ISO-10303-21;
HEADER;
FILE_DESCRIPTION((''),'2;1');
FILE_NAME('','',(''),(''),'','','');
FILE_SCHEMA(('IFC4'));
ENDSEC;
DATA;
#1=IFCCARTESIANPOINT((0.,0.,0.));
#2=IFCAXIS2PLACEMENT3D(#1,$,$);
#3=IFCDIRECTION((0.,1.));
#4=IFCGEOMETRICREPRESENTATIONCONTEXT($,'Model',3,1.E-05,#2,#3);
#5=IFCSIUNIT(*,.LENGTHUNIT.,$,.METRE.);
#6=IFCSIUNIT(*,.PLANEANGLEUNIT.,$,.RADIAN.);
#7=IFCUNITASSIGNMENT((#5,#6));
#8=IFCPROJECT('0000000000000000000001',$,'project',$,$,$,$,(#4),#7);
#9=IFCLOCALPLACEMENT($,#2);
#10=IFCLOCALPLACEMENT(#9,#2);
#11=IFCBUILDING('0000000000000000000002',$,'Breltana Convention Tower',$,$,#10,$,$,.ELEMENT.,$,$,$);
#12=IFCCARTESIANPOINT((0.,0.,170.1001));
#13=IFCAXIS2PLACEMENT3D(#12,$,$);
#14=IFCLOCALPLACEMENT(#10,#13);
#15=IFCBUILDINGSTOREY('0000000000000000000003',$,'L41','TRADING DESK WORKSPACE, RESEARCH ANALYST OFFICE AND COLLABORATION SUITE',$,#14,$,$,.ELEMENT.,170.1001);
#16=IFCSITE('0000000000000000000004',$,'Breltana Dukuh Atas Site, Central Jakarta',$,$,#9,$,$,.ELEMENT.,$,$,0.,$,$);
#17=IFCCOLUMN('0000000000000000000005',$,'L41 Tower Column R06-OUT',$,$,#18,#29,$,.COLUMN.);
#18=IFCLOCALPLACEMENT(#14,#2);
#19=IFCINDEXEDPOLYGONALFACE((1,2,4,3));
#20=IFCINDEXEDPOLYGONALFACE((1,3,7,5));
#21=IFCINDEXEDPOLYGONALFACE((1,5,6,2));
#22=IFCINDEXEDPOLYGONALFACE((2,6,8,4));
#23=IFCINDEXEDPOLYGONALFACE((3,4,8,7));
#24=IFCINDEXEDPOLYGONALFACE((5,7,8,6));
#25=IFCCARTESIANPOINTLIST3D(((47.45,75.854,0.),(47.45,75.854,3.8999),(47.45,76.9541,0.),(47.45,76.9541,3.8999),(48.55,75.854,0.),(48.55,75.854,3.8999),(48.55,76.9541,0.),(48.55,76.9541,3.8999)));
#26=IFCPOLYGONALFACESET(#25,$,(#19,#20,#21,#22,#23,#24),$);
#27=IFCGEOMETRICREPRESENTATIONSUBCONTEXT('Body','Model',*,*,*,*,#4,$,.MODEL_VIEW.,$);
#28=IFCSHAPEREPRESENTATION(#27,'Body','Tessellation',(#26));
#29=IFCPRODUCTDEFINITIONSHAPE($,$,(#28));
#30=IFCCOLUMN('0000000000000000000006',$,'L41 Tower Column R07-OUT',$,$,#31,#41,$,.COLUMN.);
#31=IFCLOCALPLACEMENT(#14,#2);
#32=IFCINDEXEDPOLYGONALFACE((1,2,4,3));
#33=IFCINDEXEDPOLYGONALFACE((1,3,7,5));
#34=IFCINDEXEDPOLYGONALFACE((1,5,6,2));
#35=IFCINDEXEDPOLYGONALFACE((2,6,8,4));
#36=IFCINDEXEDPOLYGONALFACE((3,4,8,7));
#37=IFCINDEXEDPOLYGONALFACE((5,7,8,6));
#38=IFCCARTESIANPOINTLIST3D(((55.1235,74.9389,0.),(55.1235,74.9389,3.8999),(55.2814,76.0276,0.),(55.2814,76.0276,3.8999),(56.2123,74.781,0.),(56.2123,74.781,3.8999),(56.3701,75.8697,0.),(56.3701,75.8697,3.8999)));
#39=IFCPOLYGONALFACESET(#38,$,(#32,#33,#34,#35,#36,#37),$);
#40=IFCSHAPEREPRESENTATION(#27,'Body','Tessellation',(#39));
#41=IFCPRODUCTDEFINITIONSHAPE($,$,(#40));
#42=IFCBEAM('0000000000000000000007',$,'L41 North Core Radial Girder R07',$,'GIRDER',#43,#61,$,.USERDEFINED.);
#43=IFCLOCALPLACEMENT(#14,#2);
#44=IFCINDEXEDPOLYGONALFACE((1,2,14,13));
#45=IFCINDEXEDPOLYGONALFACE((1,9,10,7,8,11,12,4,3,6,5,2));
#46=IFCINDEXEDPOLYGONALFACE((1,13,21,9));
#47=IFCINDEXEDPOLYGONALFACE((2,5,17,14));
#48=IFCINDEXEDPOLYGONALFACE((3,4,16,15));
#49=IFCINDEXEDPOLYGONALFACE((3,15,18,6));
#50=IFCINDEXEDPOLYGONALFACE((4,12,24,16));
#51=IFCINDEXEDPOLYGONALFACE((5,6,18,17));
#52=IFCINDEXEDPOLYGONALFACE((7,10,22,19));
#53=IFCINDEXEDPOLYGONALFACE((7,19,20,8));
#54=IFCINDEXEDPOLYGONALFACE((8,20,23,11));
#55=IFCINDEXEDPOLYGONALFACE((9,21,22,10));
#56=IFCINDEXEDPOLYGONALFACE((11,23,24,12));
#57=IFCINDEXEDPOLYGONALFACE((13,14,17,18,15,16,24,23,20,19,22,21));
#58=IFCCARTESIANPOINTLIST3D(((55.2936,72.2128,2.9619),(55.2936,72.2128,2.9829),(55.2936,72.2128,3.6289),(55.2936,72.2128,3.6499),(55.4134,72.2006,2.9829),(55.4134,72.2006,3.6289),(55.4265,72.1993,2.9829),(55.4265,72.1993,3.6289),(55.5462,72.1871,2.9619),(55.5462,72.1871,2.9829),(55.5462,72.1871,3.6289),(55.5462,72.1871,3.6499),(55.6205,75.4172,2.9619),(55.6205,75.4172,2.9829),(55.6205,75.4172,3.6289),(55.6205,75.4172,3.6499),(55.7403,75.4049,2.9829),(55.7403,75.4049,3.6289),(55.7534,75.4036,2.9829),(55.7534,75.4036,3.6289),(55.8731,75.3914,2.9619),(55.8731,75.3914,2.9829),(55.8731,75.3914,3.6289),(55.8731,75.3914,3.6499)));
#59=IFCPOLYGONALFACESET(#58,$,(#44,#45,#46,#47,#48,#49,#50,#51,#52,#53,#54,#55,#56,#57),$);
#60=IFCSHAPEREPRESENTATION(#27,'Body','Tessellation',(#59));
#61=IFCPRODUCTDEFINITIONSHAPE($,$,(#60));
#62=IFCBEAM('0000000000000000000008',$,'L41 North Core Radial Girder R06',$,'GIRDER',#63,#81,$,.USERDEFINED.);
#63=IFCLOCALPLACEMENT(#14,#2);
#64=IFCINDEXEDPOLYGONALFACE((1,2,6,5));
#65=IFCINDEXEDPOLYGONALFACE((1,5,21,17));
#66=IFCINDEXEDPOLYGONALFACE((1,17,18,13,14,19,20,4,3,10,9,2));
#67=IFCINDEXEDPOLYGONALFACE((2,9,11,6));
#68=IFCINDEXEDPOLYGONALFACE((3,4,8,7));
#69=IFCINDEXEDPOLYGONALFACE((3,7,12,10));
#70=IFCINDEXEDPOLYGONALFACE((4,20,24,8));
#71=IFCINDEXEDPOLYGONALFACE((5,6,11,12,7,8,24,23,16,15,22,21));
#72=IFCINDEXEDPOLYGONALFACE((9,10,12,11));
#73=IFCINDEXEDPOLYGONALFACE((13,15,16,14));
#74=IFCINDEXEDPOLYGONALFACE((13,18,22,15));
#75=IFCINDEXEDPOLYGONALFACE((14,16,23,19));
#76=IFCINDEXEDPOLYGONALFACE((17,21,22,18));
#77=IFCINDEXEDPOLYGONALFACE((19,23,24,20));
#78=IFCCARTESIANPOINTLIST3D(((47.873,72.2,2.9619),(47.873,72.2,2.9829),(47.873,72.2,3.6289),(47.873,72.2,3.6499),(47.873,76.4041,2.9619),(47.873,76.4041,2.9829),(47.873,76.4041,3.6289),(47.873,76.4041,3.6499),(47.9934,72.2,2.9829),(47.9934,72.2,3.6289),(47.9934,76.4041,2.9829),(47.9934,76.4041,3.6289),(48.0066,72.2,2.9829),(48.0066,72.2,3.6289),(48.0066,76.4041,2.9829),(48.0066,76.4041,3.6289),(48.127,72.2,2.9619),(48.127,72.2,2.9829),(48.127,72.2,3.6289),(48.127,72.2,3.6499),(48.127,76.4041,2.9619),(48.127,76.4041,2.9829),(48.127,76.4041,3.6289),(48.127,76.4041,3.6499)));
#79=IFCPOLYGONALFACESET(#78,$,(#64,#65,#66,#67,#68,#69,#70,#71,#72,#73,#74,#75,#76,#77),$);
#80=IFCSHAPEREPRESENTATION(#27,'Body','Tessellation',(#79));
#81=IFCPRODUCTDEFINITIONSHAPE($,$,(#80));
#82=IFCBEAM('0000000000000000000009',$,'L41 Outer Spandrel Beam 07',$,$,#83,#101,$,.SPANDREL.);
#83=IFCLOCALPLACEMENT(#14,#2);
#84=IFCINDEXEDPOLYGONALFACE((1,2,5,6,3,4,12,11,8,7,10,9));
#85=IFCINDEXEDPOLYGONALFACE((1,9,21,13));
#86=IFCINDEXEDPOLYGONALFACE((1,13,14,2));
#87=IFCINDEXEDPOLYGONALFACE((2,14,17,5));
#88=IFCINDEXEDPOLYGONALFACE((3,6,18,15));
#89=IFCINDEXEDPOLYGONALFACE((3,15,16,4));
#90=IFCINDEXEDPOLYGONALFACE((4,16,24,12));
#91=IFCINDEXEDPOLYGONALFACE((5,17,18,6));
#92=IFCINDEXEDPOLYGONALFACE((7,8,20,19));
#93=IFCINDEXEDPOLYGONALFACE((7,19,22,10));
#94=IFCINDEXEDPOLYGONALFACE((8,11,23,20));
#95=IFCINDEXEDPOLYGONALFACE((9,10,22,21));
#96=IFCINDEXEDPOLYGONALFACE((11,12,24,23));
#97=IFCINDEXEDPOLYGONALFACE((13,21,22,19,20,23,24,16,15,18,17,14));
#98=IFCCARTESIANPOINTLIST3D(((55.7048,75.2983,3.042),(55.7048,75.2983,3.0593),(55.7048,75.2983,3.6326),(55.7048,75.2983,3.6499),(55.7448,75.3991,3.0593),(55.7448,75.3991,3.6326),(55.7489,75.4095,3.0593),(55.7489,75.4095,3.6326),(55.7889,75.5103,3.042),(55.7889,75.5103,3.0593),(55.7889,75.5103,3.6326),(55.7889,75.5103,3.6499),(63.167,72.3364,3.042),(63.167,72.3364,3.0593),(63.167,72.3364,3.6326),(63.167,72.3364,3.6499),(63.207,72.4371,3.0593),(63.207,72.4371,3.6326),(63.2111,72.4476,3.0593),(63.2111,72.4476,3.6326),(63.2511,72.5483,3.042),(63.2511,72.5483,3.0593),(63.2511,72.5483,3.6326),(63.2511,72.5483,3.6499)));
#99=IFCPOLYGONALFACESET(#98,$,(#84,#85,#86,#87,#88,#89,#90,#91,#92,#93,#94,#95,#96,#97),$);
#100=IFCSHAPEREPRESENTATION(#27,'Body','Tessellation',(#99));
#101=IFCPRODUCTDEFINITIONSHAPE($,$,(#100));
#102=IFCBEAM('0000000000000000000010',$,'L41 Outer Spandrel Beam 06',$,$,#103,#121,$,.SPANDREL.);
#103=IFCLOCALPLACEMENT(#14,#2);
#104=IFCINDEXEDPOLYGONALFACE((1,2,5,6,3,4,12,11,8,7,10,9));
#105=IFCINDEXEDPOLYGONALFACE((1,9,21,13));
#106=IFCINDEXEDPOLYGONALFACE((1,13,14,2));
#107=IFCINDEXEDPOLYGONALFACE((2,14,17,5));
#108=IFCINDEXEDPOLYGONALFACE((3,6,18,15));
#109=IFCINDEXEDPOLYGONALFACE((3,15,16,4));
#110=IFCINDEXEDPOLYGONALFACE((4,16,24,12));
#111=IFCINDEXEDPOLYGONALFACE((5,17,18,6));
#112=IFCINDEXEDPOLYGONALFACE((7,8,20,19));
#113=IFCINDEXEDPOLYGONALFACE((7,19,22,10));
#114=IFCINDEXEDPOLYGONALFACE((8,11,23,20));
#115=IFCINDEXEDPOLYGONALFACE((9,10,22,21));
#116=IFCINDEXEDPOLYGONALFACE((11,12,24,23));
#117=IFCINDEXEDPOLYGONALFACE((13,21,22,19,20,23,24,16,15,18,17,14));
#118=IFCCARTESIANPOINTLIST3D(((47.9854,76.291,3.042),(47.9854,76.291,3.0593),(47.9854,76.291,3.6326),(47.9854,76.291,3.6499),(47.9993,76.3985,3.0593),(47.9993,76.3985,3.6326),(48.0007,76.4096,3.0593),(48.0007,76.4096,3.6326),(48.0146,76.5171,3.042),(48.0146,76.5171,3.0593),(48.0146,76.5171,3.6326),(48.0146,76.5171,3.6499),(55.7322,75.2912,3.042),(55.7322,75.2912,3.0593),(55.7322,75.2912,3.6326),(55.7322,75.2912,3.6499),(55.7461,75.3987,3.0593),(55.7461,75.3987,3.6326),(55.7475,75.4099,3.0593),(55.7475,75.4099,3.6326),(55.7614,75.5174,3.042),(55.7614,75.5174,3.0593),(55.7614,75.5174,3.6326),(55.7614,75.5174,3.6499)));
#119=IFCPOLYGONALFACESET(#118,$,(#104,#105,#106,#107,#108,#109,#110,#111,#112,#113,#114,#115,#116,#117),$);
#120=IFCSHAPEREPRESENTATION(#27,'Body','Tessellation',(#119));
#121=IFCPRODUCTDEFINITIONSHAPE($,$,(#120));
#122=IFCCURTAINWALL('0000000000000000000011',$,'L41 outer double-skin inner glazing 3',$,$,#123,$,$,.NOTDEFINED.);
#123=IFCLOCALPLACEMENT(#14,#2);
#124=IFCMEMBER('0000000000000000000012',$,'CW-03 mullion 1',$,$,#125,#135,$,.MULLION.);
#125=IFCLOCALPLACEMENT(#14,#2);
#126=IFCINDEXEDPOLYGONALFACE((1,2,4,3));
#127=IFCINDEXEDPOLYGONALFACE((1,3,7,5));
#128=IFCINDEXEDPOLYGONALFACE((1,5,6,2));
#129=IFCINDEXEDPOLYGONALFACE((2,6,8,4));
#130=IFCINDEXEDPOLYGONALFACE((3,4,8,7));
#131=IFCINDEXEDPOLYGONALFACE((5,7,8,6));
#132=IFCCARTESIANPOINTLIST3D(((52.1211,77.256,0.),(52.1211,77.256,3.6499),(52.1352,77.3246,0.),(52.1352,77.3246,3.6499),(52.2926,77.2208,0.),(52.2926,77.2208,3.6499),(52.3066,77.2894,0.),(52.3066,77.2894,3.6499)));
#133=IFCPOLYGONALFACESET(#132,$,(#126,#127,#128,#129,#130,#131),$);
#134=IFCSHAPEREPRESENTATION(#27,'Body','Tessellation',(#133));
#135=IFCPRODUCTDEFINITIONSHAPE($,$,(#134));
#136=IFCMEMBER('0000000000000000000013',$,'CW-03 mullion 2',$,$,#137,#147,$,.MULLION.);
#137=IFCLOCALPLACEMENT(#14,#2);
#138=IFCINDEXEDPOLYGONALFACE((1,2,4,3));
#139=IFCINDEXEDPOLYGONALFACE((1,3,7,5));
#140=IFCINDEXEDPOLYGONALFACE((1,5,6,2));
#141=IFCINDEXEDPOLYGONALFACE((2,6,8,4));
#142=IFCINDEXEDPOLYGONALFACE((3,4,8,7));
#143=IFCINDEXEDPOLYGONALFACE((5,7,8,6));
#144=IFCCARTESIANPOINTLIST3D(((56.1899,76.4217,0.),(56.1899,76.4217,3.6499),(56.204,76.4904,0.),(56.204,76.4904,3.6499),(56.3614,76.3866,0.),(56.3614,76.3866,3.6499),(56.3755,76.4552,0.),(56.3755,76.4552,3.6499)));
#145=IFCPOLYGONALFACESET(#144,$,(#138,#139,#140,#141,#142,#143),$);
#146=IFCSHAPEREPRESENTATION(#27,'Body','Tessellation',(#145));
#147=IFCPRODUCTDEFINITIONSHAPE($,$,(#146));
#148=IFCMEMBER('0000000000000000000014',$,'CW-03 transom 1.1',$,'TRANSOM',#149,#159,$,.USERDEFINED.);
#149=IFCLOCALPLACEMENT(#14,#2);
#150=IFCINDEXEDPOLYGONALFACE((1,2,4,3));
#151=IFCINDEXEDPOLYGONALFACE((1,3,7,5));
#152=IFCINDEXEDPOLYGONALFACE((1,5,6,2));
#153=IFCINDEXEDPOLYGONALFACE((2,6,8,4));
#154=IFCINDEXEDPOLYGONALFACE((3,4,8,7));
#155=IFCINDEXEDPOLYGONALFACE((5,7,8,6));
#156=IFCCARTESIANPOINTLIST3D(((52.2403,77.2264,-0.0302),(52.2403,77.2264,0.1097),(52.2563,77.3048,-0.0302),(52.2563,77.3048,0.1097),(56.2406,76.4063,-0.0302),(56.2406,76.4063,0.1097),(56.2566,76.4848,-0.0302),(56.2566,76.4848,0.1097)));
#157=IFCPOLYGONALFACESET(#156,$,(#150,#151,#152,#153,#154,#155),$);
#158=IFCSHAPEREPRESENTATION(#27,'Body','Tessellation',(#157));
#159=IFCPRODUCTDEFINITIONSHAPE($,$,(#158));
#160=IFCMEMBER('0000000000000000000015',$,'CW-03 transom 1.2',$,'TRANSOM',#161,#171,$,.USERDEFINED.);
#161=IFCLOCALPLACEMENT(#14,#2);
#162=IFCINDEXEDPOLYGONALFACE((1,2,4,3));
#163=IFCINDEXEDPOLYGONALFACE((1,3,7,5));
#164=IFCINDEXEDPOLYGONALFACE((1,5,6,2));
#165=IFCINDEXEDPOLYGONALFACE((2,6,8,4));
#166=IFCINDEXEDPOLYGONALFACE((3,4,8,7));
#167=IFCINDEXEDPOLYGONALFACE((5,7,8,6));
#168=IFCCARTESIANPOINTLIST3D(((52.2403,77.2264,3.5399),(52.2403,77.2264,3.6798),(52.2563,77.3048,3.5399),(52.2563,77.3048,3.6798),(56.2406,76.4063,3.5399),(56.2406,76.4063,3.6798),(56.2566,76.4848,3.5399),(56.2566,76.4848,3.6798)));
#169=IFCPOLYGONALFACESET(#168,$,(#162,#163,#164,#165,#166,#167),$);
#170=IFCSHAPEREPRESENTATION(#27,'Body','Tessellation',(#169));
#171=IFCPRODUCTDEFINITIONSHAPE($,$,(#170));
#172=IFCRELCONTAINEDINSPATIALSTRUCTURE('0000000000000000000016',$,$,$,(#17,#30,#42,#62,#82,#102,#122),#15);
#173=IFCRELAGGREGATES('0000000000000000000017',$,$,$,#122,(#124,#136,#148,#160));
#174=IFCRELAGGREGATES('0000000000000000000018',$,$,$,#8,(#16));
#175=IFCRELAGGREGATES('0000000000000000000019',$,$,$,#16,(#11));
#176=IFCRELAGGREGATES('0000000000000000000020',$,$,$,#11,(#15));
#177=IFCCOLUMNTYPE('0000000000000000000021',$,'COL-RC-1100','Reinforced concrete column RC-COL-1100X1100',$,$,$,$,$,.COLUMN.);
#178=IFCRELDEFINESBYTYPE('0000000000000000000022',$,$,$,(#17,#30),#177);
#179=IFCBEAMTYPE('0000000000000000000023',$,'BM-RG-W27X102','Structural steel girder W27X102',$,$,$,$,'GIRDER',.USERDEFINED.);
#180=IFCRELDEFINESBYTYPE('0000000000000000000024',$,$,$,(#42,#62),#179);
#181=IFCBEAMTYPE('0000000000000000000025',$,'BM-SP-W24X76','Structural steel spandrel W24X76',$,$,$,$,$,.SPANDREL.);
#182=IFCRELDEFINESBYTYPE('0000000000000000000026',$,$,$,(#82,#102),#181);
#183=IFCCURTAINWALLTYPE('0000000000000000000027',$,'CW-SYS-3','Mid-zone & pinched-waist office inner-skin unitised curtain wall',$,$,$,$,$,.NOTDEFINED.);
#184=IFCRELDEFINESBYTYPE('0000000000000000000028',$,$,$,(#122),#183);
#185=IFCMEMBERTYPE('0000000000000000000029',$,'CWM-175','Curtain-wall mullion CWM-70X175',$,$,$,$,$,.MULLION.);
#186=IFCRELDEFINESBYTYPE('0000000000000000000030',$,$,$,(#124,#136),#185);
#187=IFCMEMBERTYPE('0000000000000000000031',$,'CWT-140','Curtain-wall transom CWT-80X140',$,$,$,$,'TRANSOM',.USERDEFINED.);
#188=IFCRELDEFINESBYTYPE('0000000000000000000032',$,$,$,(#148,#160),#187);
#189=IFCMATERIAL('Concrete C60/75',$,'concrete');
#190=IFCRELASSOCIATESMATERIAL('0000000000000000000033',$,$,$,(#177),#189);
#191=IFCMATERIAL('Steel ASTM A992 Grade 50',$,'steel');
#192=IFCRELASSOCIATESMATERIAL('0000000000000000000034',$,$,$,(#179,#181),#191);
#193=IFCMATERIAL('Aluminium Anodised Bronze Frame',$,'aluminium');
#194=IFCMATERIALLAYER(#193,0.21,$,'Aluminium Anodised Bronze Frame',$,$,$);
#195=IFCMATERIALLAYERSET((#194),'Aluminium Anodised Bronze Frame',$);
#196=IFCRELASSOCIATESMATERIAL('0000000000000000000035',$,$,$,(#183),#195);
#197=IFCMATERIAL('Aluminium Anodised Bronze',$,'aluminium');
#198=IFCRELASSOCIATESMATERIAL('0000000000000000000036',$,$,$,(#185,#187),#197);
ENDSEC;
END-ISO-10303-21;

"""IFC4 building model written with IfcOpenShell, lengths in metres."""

from ifc_helpers import new_model, si_unit, direction, frame, origin, origin_2d, place, context, subcontext, project, spatial, rectangle, i_section, extrude, source, transform, mapped, material, layer, layer_set, material_profile, profile_set, type_object, element, aggregate, save


model = new_model("IFC4")

# Units and contexts
model_context = context("Model", 3, precision=1e-05, world=origin(), true_north=direction((0.0, 1.0)))
body_context = subcontext(model_context, "Body", "Model", "MODEL_VIEW")
ifc_project = project(units=[si_unit("LENGTHUNIT", "METRE"), si_unit("PLANEANGLEUNIT", "RADIAN")], contexts=[model_context])

# Site, building, storey
site_placement = place(None, origin())
site = spatial("IfcSite", under=ifc_project, at=site_placement, Name="Breltana Dukuh Atas Site, Central Jakarta", CompositionType="ELEMENT", RefElevation=0.0)
building_placement = place(site_placement, origin())
building = spatial("IfcBuilding", under=site, at=building_placement, Name="Breltana Convention Tower", CompositionType="ELEMENT")
storey_placement = place(building_placement, frame((0.0, 0.0, 170.1001)))
storey = spatial("IfcBuildingStorey", under=building, at=storey_placement, Name="L41", Description="TRADING DESK WORKSPACE, RESEARCH ANALYST OFFICE AND COLLABORATION SUITE", CompositionType="ELEMENT", Elevation=170.1001)

# Columns
ifc_material_1 = material(Name="Concrete C60/75", Category="concrete")
ifc_material_profile_1 = material_profile(ifc_material_1, rectangle(XDim=1.1001, YDim=1.1001, at=origin_2d()), Name="RC-COL-1100X1100")
ifc_profile_set_1 = profile_set([ifc_material_profile_1], Name="Concrete C60/75")
column_type = type_object("IfcColumnType", Name="COL-RC-1100", Description="Reinforced concrete column RC-COL-1100X1100", PredefinedType="COLUMN", material=ifc_profile_set_1)
shared_shape_1 = source(origin(), body_context, "Body", "SweptSolid", [
    extrude(rectangle(XDim=1.1001, YDim=1.1001, at=origin_2d()), origin(), (0.0, 0.0, 1.0), 3.8999),
])
for number, where, z_axis, x_axis, name in (
    (1, (48.0, 76.4041, 0.0), (0.0, 0.0, 1.0), (0.0, 1.0, 0.0), "L41 Tower Column R06-OUT"),
    (2, (55.7468, 75.4043, 0.0), (0.0, 0.0, 1.0), (0.143493, 0.989651, 0.0), "L41 Tower Column R07-OUT"),
):
    element("IfcColumn", number, at=place(storey_placement, frame(where, z_axis=z_axis, x_axis=x_axis)), inside=storey, type_object=column_type, Name=name, PredefinedType="COLUMN", context=body_context, shape_type="MappedRepresentation", body=[
        mapped(shared_shape_1, transform((0.0, 0.0, 0.0), scale=1.0)),
    ])

# Beams
ifc_material_2 = material(Name="Steel ASTM A992 Grade 50", Category="steel")
ifc_material_profile_2 = material_profile(ifc_material_2, i_section(OverallWidth=0.2539, OverallDepth=0.688, WebThickness=0.0132, FlangeThickness=0.021, at=origin_2d()), Name="W27X102")
ifc_profile_set_2 = profile_set([ifc_material_profile_2], Name="Steel ASTM A992 Grade 50")
beam_type_1 = type_object("IfcBeamType", Name="BM-RG-W27X102", Description="Structural steel girder W27X102", ElementType="GIRDER", PredefinedType="USERDEFINED", material=ifc_profile_set_2)
shared_shape_2 = source(origin(), body_context, "Body", "SweptSolid", [
    extrude(i_section(OverallWidth=0.2539, OverallDepth=0.688, WebThickness=0.0132, FlangeThickness=0.021, at=origin_2d()), origin(), (0.0, 0.0, 1.0), 3.2209),
])
beam_1_placement = place(storey_placement, frame((55.4199, 72.2, 3.3059), z_axis=(0.101492, 0.994836, 0.0), x_axis=(-0.994836, 0.101492, 0.0)))
element("IfcBeam", 3, at=beam_1_placement, inside=storey, type_object=beam_type_1, Name="L41 North Core Radial Girder R07", ObjectType="GIRDER", PredefinedType="USERDEFINED", context=body_context, shape_type="MappedRepresentation", body=[
    mapped(shared_shape_2, transform((0.0, 0.0, 0.0), scale=1.0)),
])
shared_shape_3 = source(origin(), body_context, "Body", "SweptSolid", [
    extrude(i_section(OverallWidth=0.2539, OverallDepth=0.688, WebThickness=0.0132, FlangeThickness=0.021, at=origin_2d()), origin(), (0.0, 0.0, 1.0), 4.2041),
])
beam_2_placement = place(storey_placement, frame((48.0, 72.2, 3.3059), z_axis=(0.0, 1.0, 0.0), x_axis=(-1.0, 0.0, 0.0)))
element("IfcBeam", 4, at=beam_2_placement, inside=storey, type_object=beam_type_1, Name="L41 North Core Radial Girder R06", ObjectType="GIRDER", PredefinedType="USERDEFINED", context=body_context, shape_type="MappedRepresentation", body=[
    mapped(shared_shape_3, transform((0.0, 0.0, 0.0), scale=1.0)),
])
ifc_material_profile_3 = material_profile(ifc_material_2, i_section(OverallWidth=0.228, OverallDepth=0.6079, WebThickness=0.0112, FlangeThickness=0.0173, at=origin_2d()), Name="W24X76")
ifc_profile_set_3 = profile_set([ifc_material_profile_3], Name="Steel ASTM A992 Grade 50")
beam_type_2 = type_object("IfcBeamType", Name="BM-SP-W24X76", Description="Structural steel spandrel W24X76", PredefinedType="SPANDREL", material=ifc_profile_set_3)
shared_shape_4 = source(origin(), body_context, "Body", "SweptSolid", [
    extrude(i_section(OverallWidth=0.228, OverallDepth=0.6079, WebThickness=0.0112, FlangeThickness=0.0173, at=origin_2d()), origin(), (0.0, 0.0, 1.0), 8.0286),
])
beam_3_placement = place(storey_placement, frame((55.7468, 75.4043, 3.3459), z_axis=(0.929459, -0.368925, 0.0), x_axis=(0.368925, 0.929459, 0.0)))
element("IfcBeam", 5, at=beam_3_placement, inside=storey, type_object=beam_type_2, Name="L41 Outer Spandrel Beam 07", PredefinedType="SPANDREL", context=body_context, shape_type="MappedRepresentation", body=[
    mapped(shared_shape_4, transform((0.0, 0.0, 0.0), scale=1.0)),
])
shared_shape_5 = source(origin(), body_context, "Body", "SweptSolid", [
    extrude(i_section(OverallWidth=0.228, OverallDepth=0.6079, WebThickness=0.0112, FlangeThickness=0.0173, at=origin_2d()), origin(), (0.0, 0.0, 1.0), 7.811),
])
beam_4_placement = place(storey_placement, frame((48.0, 76.4041, 3.3459), z_axis=(0.991775, -0.127992, 0.0), x_axis=(0.127992, 0.991775, 0.0)))
element("IfcBeam", 6, at=beam_4_placement, inside=storey, type_object=beam_type_2, Name="L41 Outer Spandrel Beam 06", PredefinedType="SPANDREL", context=body_context, shape_type="MappedRepresentation", body=[
    mapped(shared_shape_5, transform((0.0, 0.0, 0.0), scale=1.0)),
])

# Curtain wall, members
ifc_material_3 = material(Name="Aluminium Anodised Bronze Frame", Category="aluminium")
ifc_layer_1 = layer(ifc_material_3, 0.21, Name="Aluminium Anodised Bronze Frame")
ifc_layer_set_1 = layer_set([ifc_layer_1], Name="Aluminium Anodised Bronze Frame")
curtain_wall_type = type_object("IfcCurtainWallType", Name="CW-SYS-3", Description="Mid-zone & pinched-waist office inner-skin unitised curtain wall", PredefinedType="NOTDEFINED", material=ifc_layer_set_1)
curtain_wall_placement = place(storey_placement, origin())
curtain_wall = element("IfcCurtainWall", 7, at=curtain_wall_placement, inside=storey, type_object=curtain_wall_type, Name="L41 outer double-skin inner glazing 3", PredefinedType="NOTDEFINED")
ifc_material_4 = material(Name="Aluminium Anodised Bronze", Category="aluminium")
ifc_material_profile_4 = material_profile(ifc_material_4, rectangle(XDim=0.0701, YDim=0.175, at=origin_2d()), Name="CWM-70X175")
ifc_profile_set_4 = profile_set([ifc_material_profile_4], Name="Aluminium Anodised Bronze")
member_type_1 = type_object("IfcMemberType", Name="CWM-175", Description="Curtain-wall mullion CWM-70X175", PredefinedType="MULLION", material=ifc_profile_set_4)
shared_shape_6 = source(origin(), body_context, "Body", "SweptSolid", [
    extrude(rectangle(XDim=0.0701, YDim=0.175, at=origin_2d()), origin(), (0.0, 0.0, 1.0), 3.6499),
])
member_1_placement = place(storey_placement, frame((52.2139, 77.2727, 0.0), z_axis=(0.0, 0.0, 1.0), x_axis=(0.200877, 0.979617, 0.0)))
member_1 = element("IfcMember", 8, at=member_1_placement, type_object=member_type_1, Name="CW-03 mullion 1", PredefinedType="MULLION", context=body_context, shape_type="MappedRepresentation", body=[
    mapped(shared_shape_6, transform((0.0, 0.0, 0.0), scale=1.0)),
])
member_2_placement = place(storey_placement, frame((56.2827, 76.4385, 0.0), z_axis=(0.0, 0.0, 1.0), x_axis=(0.200877, 0.979617, 0.0)))
member_2 = element("IfcMember", 9, at=member_2_placement, type_object=member_type_1, Name="CW-03 mullion 2", PredefinedType="MULLION", context=body_context, shape_type="MappedRepresentation", body=[
    mapped(shared_shape_6, transform((0.0, 0.0, 0.0), scale=1.0)),
])
ifc_material_profile_5 = material_profile(ifc_material_4, rectangle(XDim=0.0801, YDim=0.1399, at=origin_2d()), Name="CWT-80X140")
ifc_profile_set_5 = profile_set([ifc_material_profile_5], Name="Aluminium Anodised Bronze")
member_type_2 = type_object("IfcMemberType", Name="CWT-140", Description="Curtain-wall transom CWT-80X140", ElementType="TRANSOM", PredefinedType="USERDEFINED", material=ifc_profile_set_5)
shared_shape_7 = source(origin(), body_context, "Body", "SweptSolid", [
    extrude(rectangle(XDim=0.0801, YDim=0.1399, at=origin_2d()), origin(), (0.0, 0.0, 1.0), 4.0835),
])
member_3_placement = place(storey_placement, frame((52.2483, 77.2656, 0.0398), z_axis=(0.979627, -0.200828, 0.0), x_axis=(0.200828, 0.979627, 0.0)))
member_3 = element("IfcMember", 10, at=member_3_placement, type_object=member_type_2, Name="CW-03 transom 1.1", ObjectType="TRANSOM", PredefinedType="USERDEFINED", context=body_context, shape_type="MappedRepresentation", body=[
    mapped(shared_shape_7, transform((0.0, 0.0, 0.0), scale=1.0)),
])
member_4_placement = place(storey_placement, frame((52.2483, 77.2656, 3.6099), z_axis=(0.979627, -0.200828, 0.0), x_axis=(0.200828, 0.979627, 0.0)))
member_4 = element("IfcMember", 11, at=member_4_placement, type_object=member_type_2, Name="CW-03 transom 1.2", ObjectType="TRANSOM", PredefinedType="USERDEFINED", context=body_context, shape_type="MappedRepresentation", body=[
    mapped(shared_shape_7, transform((0.0, 0.0, 0.0), scale=1.0)),
])
aggregate(curtain_wall, [member_1, member_2, member_3, member_4])

save(model, "model.ifc")
